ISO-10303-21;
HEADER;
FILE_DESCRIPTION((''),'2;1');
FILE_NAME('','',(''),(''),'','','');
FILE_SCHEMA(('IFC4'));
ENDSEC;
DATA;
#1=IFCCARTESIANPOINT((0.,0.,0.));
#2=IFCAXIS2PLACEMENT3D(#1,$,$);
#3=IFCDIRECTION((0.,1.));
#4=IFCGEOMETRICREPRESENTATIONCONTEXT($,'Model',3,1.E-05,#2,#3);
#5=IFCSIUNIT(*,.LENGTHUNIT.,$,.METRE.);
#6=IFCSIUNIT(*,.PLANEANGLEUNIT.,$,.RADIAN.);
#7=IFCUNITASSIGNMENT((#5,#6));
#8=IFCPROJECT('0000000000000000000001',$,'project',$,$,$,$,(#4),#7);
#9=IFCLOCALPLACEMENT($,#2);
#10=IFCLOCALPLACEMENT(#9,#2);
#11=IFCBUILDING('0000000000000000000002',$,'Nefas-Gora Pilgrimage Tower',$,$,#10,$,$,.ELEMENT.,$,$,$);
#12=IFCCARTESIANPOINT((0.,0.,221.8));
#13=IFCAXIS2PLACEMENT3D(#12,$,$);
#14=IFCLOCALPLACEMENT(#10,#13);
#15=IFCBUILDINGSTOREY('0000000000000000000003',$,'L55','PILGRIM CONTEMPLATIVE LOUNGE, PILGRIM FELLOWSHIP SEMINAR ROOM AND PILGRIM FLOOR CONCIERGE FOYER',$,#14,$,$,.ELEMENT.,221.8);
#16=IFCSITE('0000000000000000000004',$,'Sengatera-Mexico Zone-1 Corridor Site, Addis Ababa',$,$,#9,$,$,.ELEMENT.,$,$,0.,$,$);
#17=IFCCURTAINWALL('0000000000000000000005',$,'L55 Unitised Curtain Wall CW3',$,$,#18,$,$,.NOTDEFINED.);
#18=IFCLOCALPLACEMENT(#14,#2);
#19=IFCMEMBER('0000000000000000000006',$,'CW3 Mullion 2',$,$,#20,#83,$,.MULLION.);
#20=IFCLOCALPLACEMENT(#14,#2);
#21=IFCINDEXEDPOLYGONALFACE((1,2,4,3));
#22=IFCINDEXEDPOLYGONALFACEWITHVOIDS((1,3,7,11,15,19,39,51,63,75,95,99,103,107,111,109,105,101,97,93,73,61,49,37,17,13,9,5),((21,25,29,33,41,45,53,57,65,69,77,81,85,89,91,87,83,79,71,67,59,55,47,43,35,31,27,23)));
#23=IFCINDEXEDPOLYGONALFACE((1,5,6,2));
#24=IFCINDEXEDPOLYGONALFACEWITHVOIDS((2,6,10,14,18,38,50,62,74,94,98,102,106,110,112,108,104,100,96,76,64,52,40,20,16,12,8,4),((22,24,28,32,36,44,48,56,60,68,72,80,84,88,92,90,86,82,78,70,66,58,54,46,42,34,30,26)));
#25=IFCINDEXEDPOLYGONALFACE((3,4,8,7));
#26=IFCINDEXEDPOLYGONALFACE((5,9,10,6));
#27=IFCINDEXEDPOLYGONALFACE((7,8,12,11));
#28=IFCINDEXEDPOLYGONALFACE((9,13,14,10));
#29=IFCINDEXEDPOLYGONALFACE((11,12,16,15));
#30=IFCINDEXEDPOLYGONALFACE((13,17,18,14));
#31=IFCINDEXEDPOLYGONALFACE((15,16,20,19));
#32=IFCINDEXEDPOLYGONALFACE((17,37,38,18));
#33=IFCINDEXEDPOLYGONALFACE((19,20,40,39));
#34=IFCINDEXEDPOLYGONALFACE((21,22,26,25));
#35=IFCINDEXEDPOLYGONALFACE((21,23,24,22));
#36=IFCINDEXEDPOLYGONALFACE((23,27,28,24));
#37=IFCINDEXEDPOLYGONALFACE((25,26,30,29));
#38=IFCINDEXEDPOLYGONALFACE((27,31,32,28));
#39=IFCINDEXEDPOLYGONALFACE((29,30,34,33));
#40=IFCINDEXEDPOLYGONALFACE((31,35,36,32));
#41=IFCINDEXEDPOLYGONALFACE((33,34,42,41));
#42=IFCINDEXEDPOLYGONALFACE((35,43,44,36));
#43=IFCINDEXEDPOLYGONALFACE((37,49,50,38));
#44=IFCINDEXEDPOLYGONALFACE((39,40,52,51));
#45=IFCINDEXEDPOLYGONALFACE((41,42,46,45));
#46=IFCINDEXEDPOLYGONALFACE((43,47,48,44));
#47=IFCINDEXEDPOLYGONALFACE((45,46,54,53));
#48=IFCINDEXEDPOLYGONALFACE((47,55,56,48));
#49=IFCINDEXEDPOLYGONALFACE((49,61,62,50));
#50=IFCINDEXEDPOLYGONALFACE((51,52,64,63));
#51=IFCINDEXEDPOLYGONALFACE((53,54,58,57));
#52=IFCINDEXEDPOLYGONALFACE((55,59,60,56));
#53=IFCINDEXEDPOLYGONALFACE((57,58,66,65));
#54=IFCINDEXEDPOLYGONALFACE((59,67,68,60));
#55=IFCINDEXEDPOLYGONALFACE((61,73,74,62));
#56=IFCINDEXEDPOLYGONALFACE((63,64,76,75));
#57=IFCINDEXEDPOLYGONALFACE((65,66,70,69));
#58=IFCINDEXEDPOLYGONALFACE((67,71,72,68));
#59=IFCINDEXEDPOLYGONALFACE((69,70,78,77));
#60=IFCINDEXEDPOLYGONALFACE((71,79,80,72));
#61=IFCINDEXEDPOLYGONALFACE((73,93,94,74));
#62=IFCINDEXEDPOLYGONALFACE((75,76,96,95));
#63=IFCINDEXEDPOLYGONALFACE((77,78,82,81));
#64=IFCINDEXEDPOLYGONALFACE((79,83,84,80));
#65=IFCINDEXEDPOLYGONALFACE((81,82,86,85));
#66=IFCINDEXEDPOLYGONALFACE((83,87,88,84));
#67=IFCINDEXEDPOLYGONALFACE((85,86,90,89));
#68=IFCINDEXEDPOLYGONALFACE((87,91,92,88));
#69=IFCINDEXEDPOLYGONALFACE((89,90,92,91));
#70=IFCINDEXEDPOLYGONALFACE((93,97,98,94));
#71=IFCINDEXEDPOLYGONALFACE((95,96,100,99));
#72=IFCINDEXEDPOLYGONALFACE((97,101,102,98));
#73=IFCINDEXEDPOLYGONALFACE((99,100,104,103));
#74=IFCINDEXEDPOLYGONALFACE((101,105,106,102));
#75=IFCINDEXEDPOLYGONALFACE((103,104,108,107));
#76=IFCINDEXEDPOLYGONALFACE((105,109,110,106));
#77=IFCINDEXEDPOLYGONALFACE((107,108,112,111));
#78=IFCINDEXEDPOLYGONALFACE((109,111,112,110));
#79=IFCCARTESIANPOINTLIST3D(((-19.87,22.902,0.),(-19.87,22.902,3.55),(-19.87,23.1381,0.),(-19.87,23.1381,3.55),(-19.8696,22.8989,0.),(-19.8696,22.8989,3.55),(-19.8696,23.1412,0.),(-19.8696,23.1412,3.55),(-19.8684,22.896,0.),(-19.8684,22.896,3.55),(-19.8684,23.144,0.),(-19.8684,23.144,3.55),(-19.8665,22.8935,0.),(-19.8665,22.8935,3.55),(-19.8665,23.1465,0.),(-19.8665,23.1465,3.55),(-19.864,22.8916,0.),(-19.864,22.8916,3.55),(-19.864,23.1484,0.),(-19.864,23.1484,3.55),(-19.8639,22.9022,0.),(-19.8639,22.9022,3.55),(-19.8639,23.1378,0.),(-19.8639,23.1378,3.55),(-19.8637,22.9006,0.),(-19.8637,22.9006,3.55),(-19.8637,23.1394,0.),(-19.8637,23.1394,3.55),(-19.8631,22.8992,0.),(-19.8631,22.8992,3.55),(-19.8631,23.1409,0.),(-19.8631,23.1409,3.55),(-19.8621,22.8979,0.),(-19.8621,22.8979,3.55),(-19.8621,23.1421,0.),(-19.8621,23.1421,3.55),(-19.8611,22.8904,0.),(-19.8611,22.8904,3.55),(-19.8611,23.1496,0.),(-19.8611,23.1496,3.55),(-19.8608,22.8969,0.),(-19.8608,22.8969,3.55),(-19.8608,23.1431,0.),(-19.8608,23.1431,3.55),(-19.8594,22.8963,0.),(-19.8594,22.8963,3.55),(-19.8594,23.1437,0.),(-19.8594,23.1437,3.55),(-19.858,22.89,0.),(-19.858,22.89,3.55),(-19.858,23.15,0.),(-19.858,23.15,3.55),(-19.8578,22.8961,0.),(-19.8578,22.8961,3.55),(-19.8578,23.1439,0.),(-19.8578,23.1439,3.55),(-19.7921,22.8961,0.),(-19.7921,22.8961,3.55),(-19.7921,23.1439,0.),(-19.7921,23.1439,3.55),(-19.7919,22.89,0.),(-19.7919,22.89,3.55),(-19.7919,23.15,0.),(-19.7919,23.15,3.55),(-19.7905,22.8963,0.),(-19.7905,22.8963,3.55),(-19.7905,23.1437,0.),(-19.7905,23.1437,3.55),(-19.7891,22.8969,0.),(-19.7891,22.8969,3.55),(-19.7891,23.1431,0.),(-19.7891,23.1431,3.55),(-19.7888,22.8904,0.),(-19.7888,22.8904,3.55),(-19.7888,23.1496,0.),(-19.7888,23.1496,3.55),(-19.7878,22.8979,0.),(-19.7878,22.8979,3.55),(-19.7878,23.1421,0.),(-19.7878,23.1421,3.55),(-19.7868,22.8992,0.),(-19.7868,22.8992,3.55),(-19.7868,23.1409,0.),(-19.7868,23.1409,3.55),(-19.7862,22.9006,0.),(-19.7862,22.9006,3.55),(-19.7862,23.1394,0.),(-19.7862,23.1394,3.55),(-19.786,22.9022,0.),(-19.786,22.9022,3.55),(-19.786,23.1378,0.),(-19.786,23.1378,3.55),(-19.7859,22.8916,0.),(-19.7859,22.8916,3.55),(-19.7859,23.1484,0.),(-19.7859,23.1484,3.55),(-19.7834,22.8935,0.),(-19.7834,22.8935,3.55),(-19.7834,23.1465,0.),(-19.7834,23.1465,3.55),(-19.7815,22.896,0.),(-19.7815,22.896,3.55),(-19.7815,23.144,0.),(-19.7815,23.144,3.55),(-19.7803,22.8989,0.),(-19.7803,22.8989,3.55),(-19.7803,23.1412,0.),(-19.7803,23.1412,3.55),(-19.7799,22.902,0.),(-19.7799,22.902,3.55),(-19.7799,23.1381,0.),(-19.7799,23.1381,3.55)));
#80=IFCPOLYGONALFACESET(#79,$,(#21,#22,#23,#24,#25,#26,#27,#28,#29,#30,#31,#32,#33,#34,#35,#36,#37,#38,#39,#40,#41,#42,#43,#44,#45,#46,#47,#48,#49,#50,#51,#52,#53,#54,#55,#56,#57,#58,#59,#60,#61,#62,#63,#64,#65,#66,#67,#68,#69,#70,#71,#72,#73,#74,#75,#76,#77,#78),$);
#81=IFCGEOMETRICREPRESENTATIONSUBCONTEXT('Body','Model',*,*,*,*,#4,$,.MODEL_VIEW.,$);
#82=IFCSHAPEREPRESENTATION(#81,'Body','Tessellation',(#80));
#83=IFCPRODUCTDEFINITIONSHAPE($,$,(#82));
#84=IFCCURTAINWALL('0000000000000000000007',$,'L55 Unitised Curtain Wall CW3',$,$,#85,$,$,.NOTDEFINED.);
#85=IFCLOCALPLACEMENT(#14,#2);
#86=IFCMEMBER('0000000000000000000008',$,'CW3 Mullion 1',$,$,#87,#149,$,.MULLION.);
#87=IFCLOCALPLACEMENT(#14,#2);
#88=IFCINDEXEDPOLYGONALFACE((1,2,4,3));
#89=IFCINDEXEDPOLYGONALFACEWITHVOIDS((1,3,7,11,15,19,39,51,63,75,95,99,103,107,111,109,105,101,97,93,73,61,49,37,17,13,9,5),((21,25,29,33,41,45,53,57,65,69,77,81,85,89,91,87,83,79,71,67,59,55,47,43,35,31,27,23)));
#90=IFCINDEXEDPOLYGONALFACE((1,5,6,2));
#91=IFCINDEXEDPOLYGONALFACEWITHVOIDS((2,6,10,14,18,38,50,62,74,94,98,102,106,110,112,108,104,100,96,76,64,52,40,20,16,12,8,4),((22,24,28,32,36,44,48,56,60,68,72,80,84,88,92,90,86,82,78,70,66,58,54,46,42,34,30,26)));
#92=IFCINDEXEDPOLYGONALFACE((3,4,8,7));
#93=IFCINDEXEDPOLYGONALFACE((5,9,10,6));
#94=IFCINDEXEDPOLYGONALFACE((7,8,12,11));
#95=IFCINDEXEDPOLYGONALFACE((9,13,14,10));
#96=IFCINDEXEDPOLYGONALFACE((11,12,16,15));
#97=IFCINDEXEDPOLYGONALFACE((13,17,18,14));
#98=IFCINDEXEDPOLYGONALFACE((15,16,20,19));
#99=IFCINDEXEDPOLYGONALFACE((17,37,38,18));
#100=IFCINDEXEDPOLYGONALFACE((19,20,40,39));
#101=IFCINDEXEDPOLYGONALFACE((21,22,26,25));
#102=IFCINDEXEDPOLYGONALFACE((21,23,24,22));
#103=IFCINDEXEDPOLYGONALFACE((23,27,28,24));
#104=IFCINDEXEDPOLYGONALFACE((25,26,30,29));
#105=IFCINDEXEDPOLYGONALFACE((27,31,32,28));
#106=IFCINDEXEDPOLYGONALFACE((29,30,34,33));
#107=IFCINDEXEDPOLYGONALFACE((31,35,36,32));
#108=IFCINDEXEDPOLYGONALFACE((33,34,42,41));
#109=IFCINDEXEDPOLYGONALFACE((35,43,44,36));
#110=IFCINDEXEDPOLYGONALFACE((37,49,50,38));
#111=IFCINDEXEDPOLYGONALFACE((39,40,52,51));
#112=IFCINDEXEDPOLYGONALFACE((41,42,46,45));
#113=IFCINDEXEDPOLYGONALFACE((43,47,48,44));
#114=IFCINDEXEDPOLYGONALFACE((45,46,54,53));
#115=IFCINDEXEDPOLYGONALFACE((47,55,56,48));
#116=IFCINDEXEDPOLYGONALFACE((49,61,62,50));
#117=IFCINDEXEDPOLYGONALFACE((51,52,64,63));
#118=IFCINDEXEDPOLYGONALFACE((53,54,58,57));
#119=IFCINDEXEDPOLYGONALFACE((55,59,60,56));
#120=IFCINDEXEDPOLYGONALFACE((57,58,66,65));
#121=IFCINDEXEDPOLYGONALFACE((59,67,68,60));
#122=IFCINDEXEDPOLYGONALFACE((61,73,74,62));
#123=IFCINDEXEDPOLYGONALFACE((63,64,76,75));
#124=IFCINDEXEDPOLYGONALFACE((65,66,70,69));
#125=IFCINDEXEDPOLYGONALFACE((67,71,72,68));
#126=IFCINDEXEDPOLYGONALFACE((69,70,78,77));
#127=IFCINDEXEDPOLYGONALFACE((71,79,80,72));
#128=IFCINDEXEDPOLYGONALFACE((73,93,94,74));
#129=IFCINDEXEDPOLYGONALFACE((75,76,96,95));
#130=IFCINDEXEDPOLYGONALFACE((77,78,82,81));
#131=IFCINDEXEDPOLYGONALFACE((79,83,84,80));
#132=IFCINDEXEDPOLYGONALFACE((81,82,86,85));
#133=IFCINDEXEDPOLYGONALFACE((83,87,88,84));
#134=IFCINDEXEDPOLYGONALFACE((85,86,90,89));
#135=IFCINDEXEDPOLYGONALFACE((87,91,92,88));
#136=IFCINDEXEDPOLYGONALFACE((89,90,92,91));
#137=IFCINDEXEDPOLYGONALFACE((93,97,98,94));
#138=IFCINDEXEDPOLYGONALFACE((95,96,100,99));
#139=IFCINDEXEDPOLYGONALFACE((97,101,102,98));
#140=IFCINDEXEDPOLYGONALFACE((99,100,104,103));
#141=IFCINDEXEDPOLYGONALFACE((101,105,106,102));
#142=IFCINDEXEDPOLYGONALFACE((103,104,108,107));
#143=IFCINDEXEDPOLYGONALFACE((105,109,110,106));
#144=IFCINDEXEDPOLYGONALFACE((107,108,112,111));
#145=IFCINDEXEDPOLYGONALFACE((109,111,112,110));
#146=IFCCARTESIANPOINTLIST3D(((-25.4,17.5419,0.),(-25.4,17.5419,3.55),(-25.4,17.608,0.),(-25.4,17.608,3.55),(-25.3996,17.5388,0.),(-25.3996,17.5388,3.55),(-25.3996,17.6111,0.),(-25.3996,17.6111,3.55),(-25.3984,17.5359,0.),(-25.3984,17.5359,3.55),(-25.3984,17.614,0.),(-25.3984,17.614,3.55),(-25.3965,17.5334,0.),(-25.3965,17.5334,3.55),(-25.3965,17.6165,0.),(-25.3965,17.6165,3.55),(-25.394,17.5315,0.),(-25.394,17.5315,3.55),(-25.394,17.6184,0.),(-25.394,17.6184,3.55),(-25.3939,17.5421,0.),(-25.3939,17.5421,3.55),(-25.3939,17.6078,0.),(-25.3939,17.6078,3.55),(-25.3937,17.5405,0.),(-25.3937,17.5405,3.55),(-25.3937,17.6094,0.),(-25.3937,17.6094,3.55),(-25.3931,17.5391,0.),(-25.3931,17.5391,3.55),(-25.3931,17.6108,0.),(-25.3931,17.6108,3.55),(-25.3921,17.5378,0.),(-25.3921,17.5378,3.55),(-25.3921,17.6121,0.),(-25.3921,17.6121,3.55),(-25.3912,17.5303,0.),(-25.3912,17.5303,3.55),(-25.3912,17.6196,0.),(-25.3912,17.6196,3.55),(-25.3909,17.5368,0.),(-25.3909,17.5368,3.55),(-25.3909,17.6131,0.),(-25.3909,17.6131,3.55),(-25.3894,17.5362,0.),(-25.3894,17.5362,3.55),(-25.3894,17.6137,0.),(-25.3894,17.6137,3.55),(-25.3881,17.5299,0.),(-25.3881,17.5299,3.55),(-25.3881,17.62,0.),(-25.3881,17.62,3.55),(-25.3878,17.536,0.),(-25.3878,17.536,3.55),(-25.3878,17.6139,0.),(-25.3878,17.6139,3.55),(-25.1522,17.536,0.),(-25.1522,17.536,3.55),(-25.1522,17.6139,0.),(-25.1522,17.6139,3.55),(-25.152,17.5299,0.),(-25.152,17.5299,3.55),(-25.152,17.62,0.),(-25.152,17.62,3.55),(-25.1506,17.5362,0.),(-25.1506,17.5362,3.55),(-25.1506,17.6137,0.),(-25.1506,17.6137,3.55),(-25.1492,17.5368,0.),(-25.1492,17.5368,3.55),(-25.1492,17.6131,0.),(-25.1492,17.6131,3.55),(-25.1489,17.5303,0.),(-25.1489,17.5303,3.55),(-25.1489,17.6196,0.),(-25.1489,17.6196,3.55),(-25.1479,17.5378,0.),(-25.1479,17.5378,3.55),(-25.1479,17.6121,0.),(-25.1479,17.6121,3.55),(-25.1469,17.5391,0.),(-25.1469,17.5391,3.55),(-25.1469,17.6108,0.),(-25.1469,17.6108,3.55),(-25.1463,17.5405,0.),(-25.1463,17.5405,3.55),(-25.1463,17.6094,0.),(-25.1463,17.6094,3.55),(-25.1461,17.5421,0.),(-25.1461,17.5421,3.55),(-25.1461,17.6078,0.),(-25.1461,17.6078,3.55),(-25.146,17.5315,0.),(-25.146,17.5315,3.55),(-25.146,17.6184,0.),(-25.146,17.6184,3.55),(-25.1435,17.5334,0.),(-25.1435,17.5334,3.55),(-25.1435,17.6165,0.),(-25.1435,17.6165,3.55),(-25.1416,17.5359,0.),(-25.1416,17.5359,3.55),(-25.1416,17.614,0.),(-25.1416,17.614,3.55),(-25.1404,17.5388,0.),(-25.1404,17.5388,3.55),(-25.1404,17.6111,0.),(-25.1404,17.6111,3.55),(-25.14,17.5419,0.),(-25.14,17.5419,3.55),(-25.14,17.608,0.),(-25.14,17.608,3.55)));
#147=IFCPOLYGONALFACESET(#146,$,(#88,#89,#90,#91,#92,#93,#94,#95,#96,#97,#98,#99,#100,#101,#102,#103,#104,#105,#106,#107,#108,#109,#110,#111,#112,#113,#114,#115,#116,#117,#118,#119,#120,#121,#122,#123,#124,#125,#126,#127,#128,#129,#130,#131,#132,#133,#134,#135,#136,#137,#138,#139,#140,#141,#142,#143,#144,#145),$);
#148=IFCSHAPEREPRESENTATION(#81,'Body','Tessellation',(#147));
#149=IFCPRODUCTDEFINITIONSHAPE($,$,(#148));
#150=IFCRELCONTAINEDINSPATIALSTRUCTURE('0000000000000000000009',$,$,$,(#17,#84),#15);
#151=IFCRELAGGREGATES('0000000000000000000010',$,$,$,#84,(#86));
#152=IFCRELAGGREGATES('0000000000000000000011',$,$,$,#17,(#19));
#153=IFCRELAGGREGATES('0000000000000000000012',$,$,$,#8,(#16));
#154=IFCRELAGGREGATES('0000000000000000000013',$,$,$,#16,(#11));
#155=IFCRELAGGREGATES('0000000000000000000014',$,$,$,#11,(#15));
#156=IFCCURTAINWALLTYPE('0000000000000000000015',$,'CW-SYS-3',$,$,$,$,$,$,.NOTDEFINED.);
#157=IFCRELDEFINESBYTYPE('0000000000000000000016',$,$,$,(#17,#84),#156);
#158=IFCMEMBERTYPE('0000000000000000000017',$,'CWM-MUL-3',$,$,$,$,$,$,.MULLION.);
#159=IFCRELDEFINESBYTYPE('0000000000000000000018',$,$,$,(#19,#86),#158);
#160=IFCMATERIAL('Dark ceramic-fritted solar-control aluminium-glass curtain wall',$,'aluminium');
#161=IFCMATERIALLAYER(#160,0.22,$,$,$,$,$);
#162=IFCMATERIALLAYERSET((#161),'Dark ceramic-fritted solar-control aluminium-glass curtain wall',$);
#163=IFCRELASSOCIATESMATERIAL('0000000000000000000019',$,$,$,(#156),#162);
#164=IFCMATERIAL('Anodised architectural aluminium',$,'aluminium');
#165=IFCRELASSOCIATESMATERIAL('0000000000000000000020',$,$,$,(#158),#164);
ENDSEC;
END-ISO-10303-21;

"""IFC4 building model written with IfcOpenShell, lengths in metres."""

from ifc_helpers import new_model, si_unit, direction, frame, origin, origin_2d, place, context, subcontext, project, spatial, hollow_rectangle, extrude, source, transform, mapped, material, layer, layer_set, material_profile, profile_set, type_object, element, aggregate, save


model = new_model("IFC4")

# Units and contexts
model_context = context("Model", 3, precision=1e-05, world=origin(), true_north=direction((0.0, 1.0)))
body_context = subcontext(model_context, "Body", "Model", "MODEL_VIEW")
ifc_project = project(units=[si_unit("LENGTHUNIT", "METRE"), si_unit("PLANEANGLEUNIT", "RADIAN")], contexts=[model_context])

# Site, building, storey
site_placement = place(None, origin())
site = spatial("IfcSite", under=ifc_project, at=site_placement, Name="Sengatera-Mexico Zone-1 Corridor Site, Addis Ababa", CompositionType="ELEMENT", RefElevation=0.0)
building_placement = place(site_placement, origin())
building = spatial("IfcBuilding", under=site, at=building_placement, Name="Nefas-Gora Pilgrimage Tower", CompositionType="ELEMENT")
storey_placement = place(building_placement, frame((0.0, 0.0, 221.8)))
storey = spatial("IfcBuildingStorey", under=building, at=storey_placement, Name="L55", Description="PILGRIM CONTEMPLATIVE LOUNGE, PILGRIM FELLOWSHIP SEMINAR ROOM AND PILGRIM FLOOR CONCIERGE FOYER", CompositionType="ELEMENT", Elevation=221.8)

# Curtain walls, members
ifc_material_1 = material(Name="Dark ceramic-fritted solar-control aluminium-glass curtain wall", Category="aluminium")
ifc_material_2 = material(Name="Anodised architectural aluminium", Category="aluminium")
ifc_layer_1 = layer(ifc_material_1, 0.22)
ifc_layer_set_1 = layer_set([ifc_layer_1], Name="Dark ceramic-fritted solar-control aluminium-glass curtain wall")
curtain_wall_type_1 = type_object("IfcCurtainWallType", Name="CW-SYS-3", PredefinedType="NOTDEFINED", material=ifc_layer_set_1)
curtain_wall_1_placement = place(storey_placement, origin())
curtain_wall_1 = element("IfcCurtainWall", 1, at=curtain_wall_1_placement, inside=storey, type_object=curtain_wall_type_1, Name="L55 Unitised Curtain Wall CW3", PredefinedType="NOTDEFINED")
ifc_material_profile_1 = material_profile(ifc_material_2, hollow_rectangle(XDim=0.0901, YDim=0.26, WallThickness=0.0061, InnerFilletRadius=0.0061, OuterFilletRadius=0.012, at=origin_2d()), Name="ALU MULLION 90x260")
ifc_profile_set_1 = profile_set([ifc_material_profile_1], Name="Anodised architectural aluminium")
member_type_1 = type_object("IfcMemberType", Name="CWM-MUL-3", PredefinedType="MULLION", material=ifc_profile_set_1)
shared_shape_1 = source(origin(), body_context, "Body", "SweptSolid", [
    extrude(hollow_rectangle(XDim=0.0901, YDim=0.26, WallThickness=0.0061, InnerFilletRadius=0.0061, OuterFilletRadius=0.012, at=origin_2d()), origin(), (0.0, 0.0, 1.0), 3.55),
])
member_1_placement = place(storey_placement, frame((-19.825, 23.02, 0.0), z_axis=(0.0, 0.0, 1.0), x_axis=(-1.0, 0.0, 0.0)))
member_1 = element("IfcMember", 2, at=member_1_placement, type_object=member_type_1, Name="CW3 Mullion 2", PredefinedType="MULLION", context=body_context, shape_type="MappedRepresentation", body=[
    mapped(shared_shape_1, transform((0.0, 0.0, 0.0), x_axis=(1.0, 0.0, 0.0), y_axis=(0.0, 1.0, 0.0), z_axis=(0.0, 0.0, 1.0), scale=1.0)),
])
curtain_wall_2_placement = place(storey_placement, origin())
curtain_wall_2 = element("IfcCurtainWall", 3, at=curtain_wall_2_placement, inside=storey, type_object=curtain_wall_type_1, Name="L55 Unitised Curtain Wall CW3", PredefinedType="NOTDEFINED")
member_2_placement = place(storey_placement, frame((-25.27, 17.575, 0.0), z_axis=(0.0, 0.0, 1.0), x_axis=(0.0, -1.0, 0.0)))
member_2 = element("IfcMember", 4, at=member_2_placement, type_object=member_type_1, Name="CW3 Mullion 1", PredefinedType="MULLION", context=body_context, shape_type="MappedRepresentation", body=[
    mapped(shared_shape_1, transform((0.0, 0.0, 0.0), x_axis=(1.0, 0.0, 0.0), y_axis=(0.0, 1.0, 0.0), z_axis=(0.0, 0.0, 1.0), scale=1.0)),
])
aggregate(curtain_wall_2, [member_2])

aggregate(curtain_wall_1, [member_1])

save(model, "model.ifc")
